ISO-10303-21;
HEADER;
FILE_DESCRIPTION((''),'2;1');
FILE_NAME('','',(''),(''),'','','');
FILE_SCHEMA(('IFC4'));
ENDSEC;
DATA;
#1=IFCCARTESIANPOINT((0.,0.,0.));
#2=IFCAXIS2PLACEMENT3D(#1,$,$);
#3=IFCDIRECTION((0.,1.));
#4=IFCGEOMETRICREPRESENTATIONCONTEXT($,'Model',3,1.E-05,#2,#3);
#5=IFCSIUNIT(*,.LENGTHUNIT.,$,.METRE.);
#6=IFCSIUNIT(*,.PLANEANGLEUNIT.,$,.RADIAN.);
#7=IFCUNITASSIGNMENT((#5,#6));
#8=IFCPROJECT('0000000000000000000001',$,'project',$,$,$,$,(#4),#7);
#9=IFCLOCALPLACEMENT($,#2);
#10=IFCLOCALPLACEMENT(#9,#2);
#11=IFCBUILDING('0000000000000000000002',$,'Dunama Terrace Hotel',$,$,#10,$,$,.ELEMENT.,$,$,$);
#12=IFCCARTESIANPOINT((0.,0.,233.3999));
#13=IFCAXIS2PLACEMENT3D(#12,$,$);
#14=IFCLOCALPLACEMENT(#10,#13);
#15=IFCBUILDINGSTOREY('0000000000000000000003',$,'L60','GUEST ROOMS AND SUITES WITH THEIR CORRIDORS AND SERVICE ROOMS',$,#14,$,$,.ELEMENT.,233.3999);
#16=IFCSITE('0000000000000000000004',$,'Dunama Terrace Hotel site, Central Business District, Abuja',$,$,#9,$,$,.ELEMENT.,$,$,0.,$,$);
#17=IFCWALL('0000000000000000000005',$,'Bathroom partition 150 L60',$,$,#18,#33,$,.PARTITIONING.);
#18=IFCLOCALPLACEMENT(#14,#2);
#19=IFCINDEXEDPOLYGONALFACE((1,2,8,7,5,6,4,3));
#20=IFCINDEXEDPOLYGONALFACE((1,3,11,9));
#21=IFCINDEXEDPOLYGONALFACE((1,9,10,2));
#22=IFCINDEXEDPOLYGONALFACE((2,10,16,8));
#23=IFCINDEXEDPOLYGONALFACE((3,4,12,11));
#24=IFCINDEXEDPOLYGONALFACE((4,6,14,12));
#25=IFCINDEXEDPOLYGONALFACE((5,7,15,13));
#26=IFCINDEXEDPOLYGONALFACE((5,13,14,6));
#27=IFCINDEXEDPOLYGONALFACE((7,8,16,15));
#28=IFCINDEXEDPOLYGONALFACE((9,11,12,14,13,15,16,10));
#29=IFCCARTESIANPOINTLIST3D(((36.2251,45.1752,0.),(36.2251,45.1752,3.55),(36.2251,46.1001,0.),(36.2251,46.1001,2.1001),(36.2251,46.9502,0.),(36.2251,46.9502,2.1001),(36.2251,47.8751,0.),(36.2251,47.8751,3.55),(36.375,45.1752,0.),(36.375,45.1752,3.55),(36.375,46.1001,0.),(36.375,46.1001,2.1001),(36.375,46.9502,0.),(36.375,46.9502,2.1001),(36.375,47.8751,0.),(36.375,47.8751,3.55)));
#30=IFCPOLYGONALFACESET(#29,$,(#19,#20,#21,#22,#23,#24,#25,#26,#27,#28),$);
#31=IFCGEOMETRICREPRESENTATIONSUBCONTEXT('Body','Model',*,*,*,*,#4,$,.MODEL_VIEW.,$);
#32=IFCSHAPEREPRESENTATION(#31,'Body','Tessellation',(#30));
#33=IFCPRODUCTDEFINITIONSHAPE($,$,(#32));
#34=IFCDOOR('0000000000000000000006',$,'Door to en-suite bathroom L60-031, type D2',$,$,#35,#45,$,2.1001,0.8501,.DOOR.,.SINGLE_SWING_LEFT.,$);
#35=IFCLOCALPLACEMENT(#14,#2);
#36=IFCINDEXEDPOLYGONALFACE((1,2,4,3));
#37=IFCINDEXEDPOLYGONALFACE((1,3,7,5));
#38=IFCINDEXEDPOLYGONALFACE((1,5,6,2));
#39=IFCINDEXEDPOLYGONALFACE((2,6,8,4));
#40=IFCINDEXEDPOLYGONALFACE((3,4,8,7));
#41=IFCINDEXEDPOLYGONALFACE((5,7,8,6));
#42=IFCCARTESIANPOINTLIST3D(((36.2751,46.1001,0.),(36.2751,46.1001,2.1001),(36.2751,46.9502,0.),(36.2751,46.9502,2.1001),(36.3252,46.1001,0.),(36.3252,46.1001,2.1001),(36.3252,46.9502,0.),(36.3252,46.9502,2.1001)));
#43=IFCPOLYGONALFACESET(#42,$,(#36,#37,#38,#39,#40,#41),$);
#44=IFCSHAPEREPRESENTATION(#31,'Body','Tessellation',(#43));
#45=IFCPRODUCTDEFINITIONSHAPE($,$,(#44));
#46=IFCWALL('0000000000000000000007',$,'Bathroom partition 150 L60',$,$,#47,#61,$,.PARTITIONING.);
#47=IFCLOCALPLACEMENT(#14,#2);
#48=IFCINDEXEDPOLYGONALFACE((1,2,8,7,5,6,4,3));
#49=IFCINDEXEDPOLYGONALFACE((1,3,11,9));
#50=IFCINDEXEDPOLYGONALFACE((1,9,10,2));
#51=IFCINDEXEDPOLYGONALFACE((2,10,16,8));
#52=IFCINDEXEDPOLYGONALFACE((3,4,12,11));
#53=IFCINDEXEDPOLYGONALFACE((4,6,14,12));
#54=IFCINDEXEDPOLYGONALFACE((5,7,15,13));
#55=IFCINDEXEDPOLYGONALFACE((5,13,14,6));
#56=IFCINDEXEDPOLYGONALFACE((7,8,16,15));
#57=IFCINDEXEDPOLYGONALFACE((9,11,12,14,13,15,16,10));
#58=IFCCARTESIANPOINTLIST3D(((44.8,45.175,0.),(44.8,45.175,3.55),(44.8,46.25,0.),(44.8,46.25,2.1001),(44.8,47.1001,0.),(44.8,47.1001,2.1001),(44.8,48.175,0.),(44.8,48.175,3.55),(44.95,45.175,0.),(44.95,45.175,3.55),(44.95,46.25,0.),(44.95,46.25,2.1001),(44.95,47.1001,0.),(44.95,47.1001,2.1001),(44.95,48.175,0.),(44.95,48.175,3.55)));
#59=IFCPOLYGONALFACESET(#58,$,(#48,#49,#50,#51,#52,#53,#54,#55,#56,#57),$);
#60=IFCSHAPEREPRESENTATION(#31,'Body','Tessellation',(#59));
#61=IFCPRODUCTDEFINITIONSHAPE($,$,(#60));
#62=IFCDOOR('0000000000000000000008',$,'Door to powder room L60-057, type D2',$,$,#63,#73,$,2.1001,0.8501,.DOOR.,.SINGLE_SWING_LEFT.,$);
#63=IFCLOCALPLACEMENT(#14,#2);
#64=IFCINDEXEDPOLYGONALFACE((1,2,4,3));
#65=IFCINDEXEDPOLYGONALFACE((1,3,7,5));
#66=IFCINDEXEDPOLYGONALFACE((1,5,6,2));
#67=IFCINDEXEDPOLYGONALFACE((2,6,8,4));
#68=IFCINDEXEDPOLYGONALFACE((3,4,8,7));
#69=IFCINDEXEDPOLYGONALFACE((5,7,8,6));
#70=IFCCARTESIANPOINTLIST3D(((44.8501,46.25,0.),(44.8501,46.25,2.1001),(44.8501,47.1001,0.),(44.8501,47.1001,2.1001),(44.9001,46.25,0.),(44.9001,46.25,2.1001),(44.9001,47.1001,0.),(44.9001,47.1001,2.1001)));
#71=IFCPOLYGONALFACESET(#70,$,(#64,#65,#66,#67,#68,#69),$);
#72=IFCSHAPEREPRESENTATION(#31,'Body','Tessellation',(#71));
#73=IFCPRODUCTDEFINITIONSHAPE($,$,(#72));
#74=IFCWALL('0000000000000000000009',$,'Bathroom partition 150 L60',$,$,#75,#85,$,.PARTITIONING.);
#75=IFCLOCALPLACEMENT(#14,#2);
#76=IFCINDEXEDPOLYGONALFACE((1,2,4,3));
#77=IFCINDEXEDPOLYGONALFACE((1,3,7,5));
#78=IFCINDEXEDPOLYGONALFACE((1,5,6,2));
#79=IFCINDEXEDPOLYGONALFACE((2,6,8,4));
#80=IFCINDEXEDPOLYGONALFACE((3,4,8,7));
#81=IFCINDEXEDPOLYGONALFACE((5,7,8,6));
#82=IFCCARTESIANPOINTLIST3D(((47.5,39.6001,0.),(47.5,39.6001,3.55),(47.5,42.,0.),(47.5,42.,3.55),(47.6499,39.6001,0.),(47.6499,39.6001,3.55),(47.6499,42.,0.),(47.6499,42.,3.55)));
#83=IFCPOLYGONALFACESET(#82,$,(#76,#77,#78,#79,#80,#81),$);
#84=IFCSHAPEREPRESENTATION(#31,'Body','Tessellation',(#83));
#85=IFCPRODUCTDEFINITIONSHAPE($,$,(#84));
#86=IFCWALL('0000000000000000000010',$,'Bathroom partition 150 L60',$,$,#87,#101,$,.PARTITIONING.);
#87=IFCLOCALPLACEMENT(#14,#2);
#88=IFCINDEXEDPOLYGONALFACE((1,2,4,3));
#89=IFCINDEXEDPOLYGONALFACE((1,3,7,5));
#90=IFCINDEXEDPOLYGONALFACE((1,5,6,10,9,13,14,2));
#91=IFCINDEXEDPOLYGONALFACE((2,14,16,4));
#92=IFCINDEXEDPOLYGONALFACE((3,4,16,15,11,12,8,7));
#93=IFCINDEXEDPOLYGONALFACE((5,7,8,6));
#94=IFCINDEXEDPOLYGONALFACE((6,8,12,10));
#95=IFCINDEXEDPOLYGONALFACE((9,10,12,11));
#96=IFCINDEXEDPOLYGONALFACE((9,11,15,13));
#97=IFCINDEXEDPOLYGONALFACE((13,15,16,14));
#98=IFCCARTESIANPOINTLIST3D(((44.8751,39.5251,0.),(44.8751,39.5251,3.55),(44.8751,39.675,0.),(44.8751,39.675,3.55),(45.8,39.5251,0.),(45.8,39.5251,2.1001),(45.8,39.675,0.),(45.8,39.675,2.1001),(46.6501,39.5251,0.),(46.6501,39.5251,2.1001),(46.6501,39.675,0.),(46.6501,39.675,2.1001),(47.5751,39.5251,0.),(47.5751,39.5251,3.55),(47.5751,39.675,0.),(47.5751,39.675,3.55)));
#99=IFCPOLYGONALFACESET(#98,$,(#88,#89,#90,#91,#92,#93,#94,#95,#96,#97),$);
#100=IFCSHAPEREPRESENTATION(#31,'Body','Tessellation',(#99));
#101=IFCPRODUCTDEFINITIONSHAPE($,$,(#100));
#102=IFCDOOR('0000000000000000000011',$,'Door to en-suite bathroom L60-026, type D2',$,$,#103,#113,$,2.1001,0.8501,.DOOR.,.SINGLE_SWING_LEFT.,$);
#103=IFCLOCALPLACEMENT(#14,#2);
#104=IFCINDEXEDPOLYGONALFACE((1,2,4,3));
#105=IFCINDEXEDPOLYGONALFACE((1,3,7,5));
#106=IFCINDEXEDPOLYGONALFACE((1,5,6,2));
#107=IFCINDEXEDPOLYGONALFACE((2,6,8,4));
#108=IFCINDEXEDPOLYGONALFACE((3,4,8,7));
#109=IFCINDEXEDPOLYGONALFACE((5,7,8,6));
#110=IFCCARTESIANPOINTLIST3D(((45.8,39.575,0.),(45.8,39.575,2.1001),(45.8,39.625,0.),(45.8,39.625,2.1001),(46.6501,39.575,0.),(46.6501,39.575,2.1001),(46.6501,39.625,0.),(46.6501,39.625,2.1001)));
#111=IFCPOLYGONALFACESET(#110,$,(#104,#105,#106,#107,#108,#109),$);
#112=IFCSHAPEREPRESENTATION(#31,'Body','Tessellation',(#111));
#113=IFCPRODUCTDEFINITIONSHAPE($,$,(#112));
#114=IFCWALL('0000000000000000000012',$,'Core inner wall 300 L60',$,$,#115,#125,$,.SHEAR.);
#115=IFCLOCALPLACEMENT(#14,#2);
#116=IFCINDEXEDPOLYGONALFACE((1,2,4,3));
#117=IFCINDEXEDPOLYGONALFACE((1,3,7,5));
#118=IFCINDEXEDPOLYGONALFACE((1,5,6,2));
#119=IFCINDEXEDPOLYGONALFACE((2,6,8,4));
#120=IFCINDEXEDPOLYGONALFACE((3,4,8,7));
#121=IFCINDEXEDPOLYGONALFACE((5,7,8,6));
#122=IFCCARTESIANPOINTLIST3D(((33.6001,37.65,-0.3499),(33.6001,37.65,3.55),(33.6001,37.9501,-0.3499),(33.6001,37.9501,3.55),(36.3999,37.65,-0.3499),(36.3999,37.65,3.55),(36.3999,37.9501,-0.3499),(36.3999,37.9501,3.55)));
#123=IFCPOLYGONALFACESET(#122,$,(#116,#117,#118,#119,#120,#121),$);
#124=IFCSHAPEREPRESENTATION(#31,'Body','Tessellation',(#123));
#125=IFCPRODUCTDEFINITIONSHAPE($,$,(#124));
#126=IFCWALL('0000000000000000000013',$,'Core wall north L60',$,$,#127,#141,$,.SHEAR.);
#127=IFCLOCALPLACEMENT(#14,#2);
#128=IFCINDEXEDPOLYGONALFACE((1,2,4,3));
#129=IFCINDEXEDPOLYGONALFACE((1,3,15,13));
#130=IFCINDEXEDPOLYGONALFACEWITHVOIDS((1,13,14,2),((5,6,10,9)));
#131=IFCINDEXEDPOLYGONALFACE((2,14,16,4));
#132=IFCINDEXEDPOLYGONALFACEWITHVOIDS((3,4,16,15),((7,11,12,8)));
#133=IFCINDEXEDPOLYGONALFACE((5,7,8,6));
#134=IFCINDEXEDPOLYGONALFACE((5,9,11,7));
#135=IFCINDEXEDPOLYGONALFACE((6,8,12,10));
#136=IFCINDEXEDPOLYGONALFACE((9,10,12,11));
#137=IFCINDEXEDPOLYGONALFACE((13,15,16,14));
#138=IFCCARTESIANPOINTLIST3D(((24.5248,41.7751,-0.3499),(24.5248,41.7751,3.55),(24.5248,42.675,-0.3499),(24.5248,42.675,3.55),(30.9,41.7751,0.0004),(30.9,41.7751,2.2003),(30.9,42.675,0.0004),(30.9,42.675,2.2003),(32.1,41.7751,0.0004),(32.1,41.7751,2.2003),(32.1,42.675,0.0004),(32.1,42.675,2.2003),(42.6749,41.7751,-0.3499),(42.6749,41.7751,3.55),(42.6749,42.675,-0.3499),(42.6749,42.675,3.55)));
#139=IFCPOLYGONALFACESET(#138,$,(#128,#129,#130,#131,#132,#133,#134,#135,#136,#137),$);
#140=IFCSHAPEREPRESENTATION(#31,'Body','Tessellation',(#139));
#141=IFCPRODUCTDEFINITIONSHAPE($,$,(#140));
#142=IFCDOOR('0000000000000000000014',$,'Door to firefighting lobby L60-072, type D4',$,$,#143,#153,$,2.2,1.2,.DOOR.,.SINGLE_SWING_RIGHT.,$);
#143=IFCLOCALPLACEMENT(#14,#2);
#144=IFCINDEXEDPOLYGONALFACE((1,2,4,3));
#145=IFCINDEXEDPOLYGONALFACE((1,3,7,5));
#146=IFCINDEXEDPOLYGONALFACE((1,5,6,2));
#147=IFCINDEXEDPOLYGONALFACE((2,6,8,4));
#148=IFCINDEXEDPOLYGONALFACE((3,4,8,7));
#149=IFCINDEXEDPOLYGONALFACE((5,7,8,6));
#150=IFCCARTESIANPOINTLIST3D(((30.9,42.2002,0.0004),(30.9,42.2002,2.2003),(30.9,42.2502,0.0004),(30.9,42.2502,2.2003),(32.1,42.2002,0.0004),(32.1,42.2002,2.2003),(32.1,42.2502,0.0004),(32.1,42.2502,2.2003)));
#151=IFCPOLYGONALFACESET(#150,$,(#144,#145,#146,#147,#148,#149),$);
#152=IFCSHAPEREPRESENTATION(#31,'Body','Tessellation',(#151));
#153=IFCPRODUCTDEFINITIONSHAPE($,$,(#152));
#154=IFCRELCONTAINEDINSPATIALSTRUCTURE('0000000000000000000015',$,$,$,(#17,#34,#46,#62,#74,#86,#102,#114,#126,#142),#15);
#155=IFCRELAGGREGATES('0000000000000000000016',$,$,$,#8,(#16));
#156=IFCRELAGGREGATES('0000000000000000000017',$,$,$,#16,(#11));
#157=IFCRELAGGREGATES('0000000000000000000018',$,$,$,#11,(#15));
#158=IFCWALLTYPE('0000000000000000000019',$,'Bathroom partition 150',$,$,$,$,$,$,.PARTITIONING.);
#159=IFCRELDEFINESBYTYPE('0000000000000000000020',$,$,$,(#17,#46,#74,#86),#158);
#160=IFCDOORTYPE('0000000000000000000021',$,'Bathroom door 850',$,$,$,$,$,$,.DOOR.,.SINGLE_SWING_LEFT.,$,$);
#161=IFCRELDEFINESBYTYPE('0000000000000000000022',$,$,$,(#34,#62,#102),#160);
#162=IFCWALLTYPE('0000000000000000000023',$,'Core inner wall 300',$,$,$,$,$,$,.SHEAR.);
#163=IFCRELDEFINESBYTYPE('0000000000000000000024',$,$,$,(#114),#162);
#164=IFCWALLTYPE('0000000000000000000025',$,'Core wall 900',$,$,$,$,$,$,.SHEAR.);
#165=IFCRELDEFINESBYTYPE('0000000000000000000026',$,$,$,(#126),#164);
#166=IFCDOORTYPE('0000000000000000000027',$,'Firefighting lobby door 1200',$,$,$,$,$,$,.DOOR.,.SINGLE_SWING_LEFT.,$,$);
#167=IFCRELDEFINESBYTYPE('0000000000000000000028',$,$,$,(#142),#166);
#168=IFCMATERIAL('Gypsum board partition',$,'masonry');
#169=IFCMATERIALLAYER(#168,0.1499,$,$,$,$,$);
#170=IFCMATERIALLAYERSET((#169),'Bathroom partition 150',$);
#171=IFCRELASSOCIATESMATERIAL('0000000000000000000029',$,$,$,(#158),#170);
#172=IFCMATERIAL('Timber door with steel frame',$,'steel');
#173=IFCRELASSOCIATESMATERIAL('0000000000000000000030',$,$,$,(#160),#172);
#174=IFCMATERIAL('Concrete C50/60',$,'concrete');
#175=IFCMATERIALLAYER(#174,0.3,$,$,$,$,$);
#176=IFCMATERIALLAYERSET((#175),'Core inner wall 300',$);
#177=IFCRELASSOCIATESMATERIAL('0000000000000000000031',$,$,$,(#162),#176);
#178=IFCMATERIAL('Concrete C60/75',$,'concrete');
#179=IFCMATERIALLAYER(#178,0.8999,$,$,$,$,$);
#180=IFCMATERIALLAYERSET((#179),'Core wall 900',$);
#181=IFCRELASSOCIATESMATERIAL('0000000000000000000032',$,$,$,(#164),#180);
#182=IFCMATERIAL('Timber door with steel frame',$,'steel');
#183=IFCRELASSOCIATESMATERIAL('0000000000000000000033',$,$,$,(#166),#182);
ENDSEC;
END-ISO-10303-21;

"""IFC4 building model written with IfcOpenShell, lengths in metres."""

from ifc_helpers import new_model, si_unit, direction, frame, frame_2d, origin, place, context, subcontext, project, spatial, rectangle, extrude, material, layer, layer_set, type_object, element, fill, save


model = new_model("IFC4")

# Units and contexts
model_context = context("Model", 3, precision=1e-05, world=origin(), true_north=direction((0.0, 1.0)))
body_context = subcontext(model_context, "Body", "Model", "MODEL_VIEW")
ifc_project = project(units=[si_unit("LENGTHUNIT", "METRE"), si_unit("PLANEANGLEUNIT", "RADIAN")], contexts=[model_context])

# Site, building, storey
site_placement = place(None, origin())
site = spatial("IfcSite", under=ifc_project, at=site_placement, Name="Dunama Terrace Hotel site, Central Business District, Abuja", CompositionType="ELEMENT", RefElevation=0.0)
building_placement = place(site_placement, origin())
building = spatial("IfcBuilding", under=site, at=building_placement, Name="Dunama Terrace Hotel", CompositionType="ELEMENT")
storey_placement = place(building_placement, frame((0.0, 0.0, 233.3999)))
storey = spatial("IfcBuildingStorey", under=building, at=storey_placement, Name="L60", Description="GUEST ROOMS AND SUITES WITH THEIR CORRIDORS AND SERVICE ROOMS", CompositionType="ELEMENT", Elevation=233.3999)

# Walls, openings, doors
ifc_material_1 = material(Name="Gypsum board partition", Category="masonry")
ifc_layer_1 = layer(ifc_material_1, 0.1499)
ifc_layer_set_1 = layer_set([ifc_layer_1], Name="Bathroom partition 150")
wall_type_1 = type_object("IfcWallType", Name="Bathroom partition 150", PredefinedType="PARTITIONING", material=ifc_layer_set_1)
wall_1_placement = place(storey_placement, frame((36.3, 45.175, 0.0), z_axis=(0.0, 0.0, 1.0), x_axis=(0.0, 1.0, 0.0)))
wall_1 = element("IfcWall", 1, at=wall_1_placement, inside=storey, type_object=wall_type_1, Name="Bathroom partition 150 L60", PredefinedType="PARTITIONING", context=body_context, shape_type="SweptSolid", body=[
    extrude(rectangle(XDim=2.7, YDim=0.1499, at=frame_2d((1.3501, 0.0))), origin(), (0.0, 0.0, 1.0), 3.55),
])
opening_1_placement = place(wall_1_placement, frame((0.925, 0.0, 0.0)))
opening_1 = element("IfcOpeningElement", 2, at=opening_1_placement, cuts=wall_1, PredefinedType="OPENING", context=body_context, shape_type="SweptSolid", body=[
    extrude(rectangle(XDim=0.8501, YDim=2.1001, at=frame_2d((0.425, 1.05))), frame((0.0, 0.085, 0.0), z_axis=(0.0, -1.0, 0.0), x_axis=(1.0, 0.0, 0.0)), (0.0, 0.0, 1.0), 0.1699),
])
ifc_material_2 = material(Name="Timber door with steel frame", Category="steel")
door_type_1 = type_object("IfcDoorType", Name="Bathroom door 850", OperationType="SINGLE_SWING_LEFT", PredefinedType="DOOR", material=ifc_material_2)
door_1_placement = place(opening_1_placement, origin())
door_1 = element("IfcDoor", 3, at=door_1_placement, inside=storey, type_object=door_type_1, Name="Door to en-suite bathroom L60-031, type D2", OperationType="SINGLE_SWING_LEFT", OverallHeight=2.1001, OverallWidth=0.8501, PredefinedType="DOOR", context=body_context, shape_type="SweptSolid", body=[
    extrude(rectangle(XDim=0.8501, YDim=2.1001, at=frame_2d((0.425, 1.05))), frame((0.0, 0.0249, 0.0), z_axis=(0.0, -1.0, 0.0), x_axis=(1.0, 0.0, 0.0)), (0.0, 0.0, 1.0), 0.05),
])
fill(opening_1, door_1)
wall_2_placement = place(storey_placement, frame((44.875, 45.175, 0.0), z_axis=(0.0, 0.0, 1.0), x_axis=(0.0, 1.0, 0.0)))
wall_2 = element("IfcWall", 4, at=wall_2_placement, inside=storey, type_object=wall_type_1, Name="Bathroom partition 150 L60", PredefinedType="PARTITIONING", context=body_context, shape_type="SweptSolid", body=[
    extrude(rectangle(XDim=3.0, YDim=0.1499, at=frame_2d((1.5, 0.0))), origin(), (0.0, 0.0, 1.0), 3.55),
])
opening_2_placement = place(wall_2_placement, frame((1.075, 0.0, 0.0)))
opening_2 = element("IfcOpeningElement", 5, at=opening_2_placement, cuts=wall_2, PredefinedType="OPENING", context=body_context, shape_type="SweptSolid", body=[
    extrude(rectangle(XDim=0.8501, YDim=2.1001, at=frame_2d((0.425, 1.05))), frame((0.0, 0.085, 0.0), z_axis=(0.0, -1.0, 0.0), x_axis=(1.0, 0.0, 0.0)), (0.0, 0.0, 1.0), 0.1699),
])
door_2_placement = place(opening_2_placement, origin())
door_2 = element("IfcDoor", 6, at=door_2_placement, inside=storey, type_object=door_type_1, Name="Door to powder room L60-057, type D2", OperationType="SINGLE_SWING_LEFT", OverallHeight=2.1001, OverallWidth=0.8501, PredefinedType="DOOR", context=body_context, shape_type="SweptSolid", body=[
    extrude(rectangle(XDim=0.8501, YDim=2.1001, at=frame_2d((0.425, 1.05))), frame((0.0, 0.0249, 0.0), z_axis=(0.0, -1.0, 0.0), x_axis=(1.0, 0.0, 0.0)), (0.0, 0.0, 1.0), 0.05),
])
fill(opening_2, door_2)

# Wall
wall_3_placement = place(storey_placement, frame((47.575, 39.6001, 0.0), z_axis=(0.0, 0.0, 1.0), x_axis=(0.0, 1.0, 0.0)))
element("IfcWall", 7, at=wall_3_placement, inside=storey, type_object=wall_type_1, Name="Bathroom partition 150 L60", PredefinedType="PARTITIONING", context=body_context, shape_type="SweptSolid", body=[
    extrude(rectangle(XDim=2.3999, YDim=0.1499, at=frame_2d((1.2, 0.0))), origin(), (0.0, 0.0, 1.0), 3.55),
])

# Wall, opening, door
wall_4_placement = place(storey_placement, frame((44.875, 39.6001, 0.0), z_axis=(0.0, 0.0, 1.0), x_axis=(1.0, 0.0, 0.0)))
wall_4 = element("IfcWall", 8, at=wall_4_placement, inside=storey, type_object=wall_type_1, Name="Bathroom partition 150 L60", PredefinedType="PARTITIONING", context=body_context, shape_type="SweptSolid", body=[
    extrude(rectangle(XDim=2.7, YDim=0.1499, at=frame_2d((1.3501, 0.0))), origin(), (0.0, 0.0, 1.0), 3.55),
])
opening_3_placement = place(wall_4_placement, frame((0.925, 0.0, 0.0)))
opening_3 = element("IfcOpeningElement", 9, at=opening_3_placement, cuts=wall_4, PredefinedType="OPENING", context=body_context, shape_type="SweptSolid", body=[
    extrude(rectangle(XDim=0.8501, YDim=2.1001, at=frame_2d((0.425, 1.05))), frame((0.0, 0.085, 0.0), z_axis=(0.0, -1.0, 0.0), x_axis=(1.0, 0.0, 0.0)), (0.0, 0.0, 1.0), 0.1699),
])
door_3_placement = place(opening_3_placement, origin())
door_3 = element("IfcDoor", 10, at=door_3_placement, inside=storey, type_object=door_type_1, Name="Door to en-suite bathroom L60-026, type D2", OperationType="SINGLE_SWING_LEFT", OverallHeight=2.1001, OverallWidth=0.8501, PredefinedType="DOOR", context=body_context, shape_type="SweptSolid", body=[
    extrude(rectangle(XDim=0.8501, YDim=2.1001, at=frame_2d((0.425, 1.05))), frame((0.0, 0.0249, 0.0), z_axis=(0.0, -1.0, 0.0), x_axis=(1.0, 0.0, 0.0)), (0.0, 0.0, 1.0), 0.05),
])
fill(opening_3, door_3)

# Wall
ifc_material_3 = material(Name="Concrete C50/60", Category="concrete")
ifc_layer_2 = layer(ifc_material_3, 0.3)
ifc_layer_set_2 = layer_set([ifc_layer_2], Name="Core inner wall 300")
wall_type_2 = type_object("IfcWallType", Name="Core inner wall 300", PredefinedType="SHEAR", material=ifc_layer_set_2)
wall_5_placement = place(storey_placement, frame((33.6001, 37.8, -0.3499), z_axis=(0.0, 0.0, 1.0), x_axis=(1.0, 0.0, 0.0)))
element("IfcWall", 11, at=wall_5_placement, inside=storey, type_object=wall_type_2, Name="Core inner wall 300 L60", PredefinedType="SHEAR", context=body_context, shape_type="SweptSolid", body=[
    extrude(rectangle(XDim=2.7998, YDim=0.3, at=frame_2d((1.3999, 0.0))), origin(), (0.0, 0.0, 1.0), 3.8999),
])

# Wall, opening, door
ifc_material_4 = material(Name="Concrete C60/75", Category="concrete")
ifc_layer_3 = layer(ifc_material_4, 0.8999)
ifc_layer_set_3 = layer_set([ifc_layer_3], Name="Core wall 900")
wall_type_3 = type_object("IfcWallType", Name="Core wall 900", PredefinedType="SHEAR", material=ifc_layer_set_3)
wall_6_placement = place(storey_placement, frame((42.675, 42.2251, -0.3499), z_axis=(0.0, 0.0, 1.0), x_axis=(-1.0, 0.0, 0.0)))
wall_6 = element("IfcWall", 12, at=wall_6_placement, inside=storey, type_object=wall_type_3, Name="Core wall north L60", PredefinedType="SHEAR", context=body_context, shape_type="SweptSolid", body=[
    extrude(rectangle(XDim=18.1501, YDim=0.8999, at=frame_2d((9.0752, 0.0))), origin(), (0.0, 0.0, 1.0), 3.8999),
])
opening_4_placement = place(wall_6_placement, frame((10.575, 0.0, 0.3501)))
opening_4 = element("IfcOpeningElement", 13, at=opening_4_placement, cuts=wall_6, PredefinedType="OPENING", context=body_context, shape_type="SweptSolid", body=[
    extrude(rectangle(XDim=1.2, YDim=2.2, at=frame_2d((0.6001, 1.1001))), frame((0.0, 0.46, 0.0), z_axis=(0.0, -1.0, 0.0), x_axis=(1.0, 0.0, 0.0)), (0.0, 0.0, 1.0), 0.9199),
])
ifc_material_5 = material(Name="Timber door with steel frame", Category="steel")
door_type_2 = type_object("IfcDoorType", Name="Firefighting lobby door 1200", OperationType="SINGLE_SWING_LEFT", PredefinedType="DOOR", material=ifc_material_5)
door_4_placement = place(opening_4_placement, origin())
door_4 = element("IfcDoor", 14, at=door_4_placement, inside=storey, type_object=door_type_2, Name="Door to firefighting lobby L60-072, type D4", OperationType="SINGLE_SWING_RIGHT", OverallHeight=2.2, OverallWidth=1.2, PredefinedType="DOOR", context=body_context, shape_type="SweptSolid", body=[
    extrude(rectangle(XDim=1.2, YDim=2.2, at=frame_2d((0.6001, 1.1001))), frame((0.0, 0.0249, 0.0), z_axis=(0.0, -1.0, 0.0), x_axis=(1.0, 0.0, 0.0)), (0.0, 0.0, 1.0), 0.05),
])
fill(opening_4, door_4)

save(model, "model.ifc")
